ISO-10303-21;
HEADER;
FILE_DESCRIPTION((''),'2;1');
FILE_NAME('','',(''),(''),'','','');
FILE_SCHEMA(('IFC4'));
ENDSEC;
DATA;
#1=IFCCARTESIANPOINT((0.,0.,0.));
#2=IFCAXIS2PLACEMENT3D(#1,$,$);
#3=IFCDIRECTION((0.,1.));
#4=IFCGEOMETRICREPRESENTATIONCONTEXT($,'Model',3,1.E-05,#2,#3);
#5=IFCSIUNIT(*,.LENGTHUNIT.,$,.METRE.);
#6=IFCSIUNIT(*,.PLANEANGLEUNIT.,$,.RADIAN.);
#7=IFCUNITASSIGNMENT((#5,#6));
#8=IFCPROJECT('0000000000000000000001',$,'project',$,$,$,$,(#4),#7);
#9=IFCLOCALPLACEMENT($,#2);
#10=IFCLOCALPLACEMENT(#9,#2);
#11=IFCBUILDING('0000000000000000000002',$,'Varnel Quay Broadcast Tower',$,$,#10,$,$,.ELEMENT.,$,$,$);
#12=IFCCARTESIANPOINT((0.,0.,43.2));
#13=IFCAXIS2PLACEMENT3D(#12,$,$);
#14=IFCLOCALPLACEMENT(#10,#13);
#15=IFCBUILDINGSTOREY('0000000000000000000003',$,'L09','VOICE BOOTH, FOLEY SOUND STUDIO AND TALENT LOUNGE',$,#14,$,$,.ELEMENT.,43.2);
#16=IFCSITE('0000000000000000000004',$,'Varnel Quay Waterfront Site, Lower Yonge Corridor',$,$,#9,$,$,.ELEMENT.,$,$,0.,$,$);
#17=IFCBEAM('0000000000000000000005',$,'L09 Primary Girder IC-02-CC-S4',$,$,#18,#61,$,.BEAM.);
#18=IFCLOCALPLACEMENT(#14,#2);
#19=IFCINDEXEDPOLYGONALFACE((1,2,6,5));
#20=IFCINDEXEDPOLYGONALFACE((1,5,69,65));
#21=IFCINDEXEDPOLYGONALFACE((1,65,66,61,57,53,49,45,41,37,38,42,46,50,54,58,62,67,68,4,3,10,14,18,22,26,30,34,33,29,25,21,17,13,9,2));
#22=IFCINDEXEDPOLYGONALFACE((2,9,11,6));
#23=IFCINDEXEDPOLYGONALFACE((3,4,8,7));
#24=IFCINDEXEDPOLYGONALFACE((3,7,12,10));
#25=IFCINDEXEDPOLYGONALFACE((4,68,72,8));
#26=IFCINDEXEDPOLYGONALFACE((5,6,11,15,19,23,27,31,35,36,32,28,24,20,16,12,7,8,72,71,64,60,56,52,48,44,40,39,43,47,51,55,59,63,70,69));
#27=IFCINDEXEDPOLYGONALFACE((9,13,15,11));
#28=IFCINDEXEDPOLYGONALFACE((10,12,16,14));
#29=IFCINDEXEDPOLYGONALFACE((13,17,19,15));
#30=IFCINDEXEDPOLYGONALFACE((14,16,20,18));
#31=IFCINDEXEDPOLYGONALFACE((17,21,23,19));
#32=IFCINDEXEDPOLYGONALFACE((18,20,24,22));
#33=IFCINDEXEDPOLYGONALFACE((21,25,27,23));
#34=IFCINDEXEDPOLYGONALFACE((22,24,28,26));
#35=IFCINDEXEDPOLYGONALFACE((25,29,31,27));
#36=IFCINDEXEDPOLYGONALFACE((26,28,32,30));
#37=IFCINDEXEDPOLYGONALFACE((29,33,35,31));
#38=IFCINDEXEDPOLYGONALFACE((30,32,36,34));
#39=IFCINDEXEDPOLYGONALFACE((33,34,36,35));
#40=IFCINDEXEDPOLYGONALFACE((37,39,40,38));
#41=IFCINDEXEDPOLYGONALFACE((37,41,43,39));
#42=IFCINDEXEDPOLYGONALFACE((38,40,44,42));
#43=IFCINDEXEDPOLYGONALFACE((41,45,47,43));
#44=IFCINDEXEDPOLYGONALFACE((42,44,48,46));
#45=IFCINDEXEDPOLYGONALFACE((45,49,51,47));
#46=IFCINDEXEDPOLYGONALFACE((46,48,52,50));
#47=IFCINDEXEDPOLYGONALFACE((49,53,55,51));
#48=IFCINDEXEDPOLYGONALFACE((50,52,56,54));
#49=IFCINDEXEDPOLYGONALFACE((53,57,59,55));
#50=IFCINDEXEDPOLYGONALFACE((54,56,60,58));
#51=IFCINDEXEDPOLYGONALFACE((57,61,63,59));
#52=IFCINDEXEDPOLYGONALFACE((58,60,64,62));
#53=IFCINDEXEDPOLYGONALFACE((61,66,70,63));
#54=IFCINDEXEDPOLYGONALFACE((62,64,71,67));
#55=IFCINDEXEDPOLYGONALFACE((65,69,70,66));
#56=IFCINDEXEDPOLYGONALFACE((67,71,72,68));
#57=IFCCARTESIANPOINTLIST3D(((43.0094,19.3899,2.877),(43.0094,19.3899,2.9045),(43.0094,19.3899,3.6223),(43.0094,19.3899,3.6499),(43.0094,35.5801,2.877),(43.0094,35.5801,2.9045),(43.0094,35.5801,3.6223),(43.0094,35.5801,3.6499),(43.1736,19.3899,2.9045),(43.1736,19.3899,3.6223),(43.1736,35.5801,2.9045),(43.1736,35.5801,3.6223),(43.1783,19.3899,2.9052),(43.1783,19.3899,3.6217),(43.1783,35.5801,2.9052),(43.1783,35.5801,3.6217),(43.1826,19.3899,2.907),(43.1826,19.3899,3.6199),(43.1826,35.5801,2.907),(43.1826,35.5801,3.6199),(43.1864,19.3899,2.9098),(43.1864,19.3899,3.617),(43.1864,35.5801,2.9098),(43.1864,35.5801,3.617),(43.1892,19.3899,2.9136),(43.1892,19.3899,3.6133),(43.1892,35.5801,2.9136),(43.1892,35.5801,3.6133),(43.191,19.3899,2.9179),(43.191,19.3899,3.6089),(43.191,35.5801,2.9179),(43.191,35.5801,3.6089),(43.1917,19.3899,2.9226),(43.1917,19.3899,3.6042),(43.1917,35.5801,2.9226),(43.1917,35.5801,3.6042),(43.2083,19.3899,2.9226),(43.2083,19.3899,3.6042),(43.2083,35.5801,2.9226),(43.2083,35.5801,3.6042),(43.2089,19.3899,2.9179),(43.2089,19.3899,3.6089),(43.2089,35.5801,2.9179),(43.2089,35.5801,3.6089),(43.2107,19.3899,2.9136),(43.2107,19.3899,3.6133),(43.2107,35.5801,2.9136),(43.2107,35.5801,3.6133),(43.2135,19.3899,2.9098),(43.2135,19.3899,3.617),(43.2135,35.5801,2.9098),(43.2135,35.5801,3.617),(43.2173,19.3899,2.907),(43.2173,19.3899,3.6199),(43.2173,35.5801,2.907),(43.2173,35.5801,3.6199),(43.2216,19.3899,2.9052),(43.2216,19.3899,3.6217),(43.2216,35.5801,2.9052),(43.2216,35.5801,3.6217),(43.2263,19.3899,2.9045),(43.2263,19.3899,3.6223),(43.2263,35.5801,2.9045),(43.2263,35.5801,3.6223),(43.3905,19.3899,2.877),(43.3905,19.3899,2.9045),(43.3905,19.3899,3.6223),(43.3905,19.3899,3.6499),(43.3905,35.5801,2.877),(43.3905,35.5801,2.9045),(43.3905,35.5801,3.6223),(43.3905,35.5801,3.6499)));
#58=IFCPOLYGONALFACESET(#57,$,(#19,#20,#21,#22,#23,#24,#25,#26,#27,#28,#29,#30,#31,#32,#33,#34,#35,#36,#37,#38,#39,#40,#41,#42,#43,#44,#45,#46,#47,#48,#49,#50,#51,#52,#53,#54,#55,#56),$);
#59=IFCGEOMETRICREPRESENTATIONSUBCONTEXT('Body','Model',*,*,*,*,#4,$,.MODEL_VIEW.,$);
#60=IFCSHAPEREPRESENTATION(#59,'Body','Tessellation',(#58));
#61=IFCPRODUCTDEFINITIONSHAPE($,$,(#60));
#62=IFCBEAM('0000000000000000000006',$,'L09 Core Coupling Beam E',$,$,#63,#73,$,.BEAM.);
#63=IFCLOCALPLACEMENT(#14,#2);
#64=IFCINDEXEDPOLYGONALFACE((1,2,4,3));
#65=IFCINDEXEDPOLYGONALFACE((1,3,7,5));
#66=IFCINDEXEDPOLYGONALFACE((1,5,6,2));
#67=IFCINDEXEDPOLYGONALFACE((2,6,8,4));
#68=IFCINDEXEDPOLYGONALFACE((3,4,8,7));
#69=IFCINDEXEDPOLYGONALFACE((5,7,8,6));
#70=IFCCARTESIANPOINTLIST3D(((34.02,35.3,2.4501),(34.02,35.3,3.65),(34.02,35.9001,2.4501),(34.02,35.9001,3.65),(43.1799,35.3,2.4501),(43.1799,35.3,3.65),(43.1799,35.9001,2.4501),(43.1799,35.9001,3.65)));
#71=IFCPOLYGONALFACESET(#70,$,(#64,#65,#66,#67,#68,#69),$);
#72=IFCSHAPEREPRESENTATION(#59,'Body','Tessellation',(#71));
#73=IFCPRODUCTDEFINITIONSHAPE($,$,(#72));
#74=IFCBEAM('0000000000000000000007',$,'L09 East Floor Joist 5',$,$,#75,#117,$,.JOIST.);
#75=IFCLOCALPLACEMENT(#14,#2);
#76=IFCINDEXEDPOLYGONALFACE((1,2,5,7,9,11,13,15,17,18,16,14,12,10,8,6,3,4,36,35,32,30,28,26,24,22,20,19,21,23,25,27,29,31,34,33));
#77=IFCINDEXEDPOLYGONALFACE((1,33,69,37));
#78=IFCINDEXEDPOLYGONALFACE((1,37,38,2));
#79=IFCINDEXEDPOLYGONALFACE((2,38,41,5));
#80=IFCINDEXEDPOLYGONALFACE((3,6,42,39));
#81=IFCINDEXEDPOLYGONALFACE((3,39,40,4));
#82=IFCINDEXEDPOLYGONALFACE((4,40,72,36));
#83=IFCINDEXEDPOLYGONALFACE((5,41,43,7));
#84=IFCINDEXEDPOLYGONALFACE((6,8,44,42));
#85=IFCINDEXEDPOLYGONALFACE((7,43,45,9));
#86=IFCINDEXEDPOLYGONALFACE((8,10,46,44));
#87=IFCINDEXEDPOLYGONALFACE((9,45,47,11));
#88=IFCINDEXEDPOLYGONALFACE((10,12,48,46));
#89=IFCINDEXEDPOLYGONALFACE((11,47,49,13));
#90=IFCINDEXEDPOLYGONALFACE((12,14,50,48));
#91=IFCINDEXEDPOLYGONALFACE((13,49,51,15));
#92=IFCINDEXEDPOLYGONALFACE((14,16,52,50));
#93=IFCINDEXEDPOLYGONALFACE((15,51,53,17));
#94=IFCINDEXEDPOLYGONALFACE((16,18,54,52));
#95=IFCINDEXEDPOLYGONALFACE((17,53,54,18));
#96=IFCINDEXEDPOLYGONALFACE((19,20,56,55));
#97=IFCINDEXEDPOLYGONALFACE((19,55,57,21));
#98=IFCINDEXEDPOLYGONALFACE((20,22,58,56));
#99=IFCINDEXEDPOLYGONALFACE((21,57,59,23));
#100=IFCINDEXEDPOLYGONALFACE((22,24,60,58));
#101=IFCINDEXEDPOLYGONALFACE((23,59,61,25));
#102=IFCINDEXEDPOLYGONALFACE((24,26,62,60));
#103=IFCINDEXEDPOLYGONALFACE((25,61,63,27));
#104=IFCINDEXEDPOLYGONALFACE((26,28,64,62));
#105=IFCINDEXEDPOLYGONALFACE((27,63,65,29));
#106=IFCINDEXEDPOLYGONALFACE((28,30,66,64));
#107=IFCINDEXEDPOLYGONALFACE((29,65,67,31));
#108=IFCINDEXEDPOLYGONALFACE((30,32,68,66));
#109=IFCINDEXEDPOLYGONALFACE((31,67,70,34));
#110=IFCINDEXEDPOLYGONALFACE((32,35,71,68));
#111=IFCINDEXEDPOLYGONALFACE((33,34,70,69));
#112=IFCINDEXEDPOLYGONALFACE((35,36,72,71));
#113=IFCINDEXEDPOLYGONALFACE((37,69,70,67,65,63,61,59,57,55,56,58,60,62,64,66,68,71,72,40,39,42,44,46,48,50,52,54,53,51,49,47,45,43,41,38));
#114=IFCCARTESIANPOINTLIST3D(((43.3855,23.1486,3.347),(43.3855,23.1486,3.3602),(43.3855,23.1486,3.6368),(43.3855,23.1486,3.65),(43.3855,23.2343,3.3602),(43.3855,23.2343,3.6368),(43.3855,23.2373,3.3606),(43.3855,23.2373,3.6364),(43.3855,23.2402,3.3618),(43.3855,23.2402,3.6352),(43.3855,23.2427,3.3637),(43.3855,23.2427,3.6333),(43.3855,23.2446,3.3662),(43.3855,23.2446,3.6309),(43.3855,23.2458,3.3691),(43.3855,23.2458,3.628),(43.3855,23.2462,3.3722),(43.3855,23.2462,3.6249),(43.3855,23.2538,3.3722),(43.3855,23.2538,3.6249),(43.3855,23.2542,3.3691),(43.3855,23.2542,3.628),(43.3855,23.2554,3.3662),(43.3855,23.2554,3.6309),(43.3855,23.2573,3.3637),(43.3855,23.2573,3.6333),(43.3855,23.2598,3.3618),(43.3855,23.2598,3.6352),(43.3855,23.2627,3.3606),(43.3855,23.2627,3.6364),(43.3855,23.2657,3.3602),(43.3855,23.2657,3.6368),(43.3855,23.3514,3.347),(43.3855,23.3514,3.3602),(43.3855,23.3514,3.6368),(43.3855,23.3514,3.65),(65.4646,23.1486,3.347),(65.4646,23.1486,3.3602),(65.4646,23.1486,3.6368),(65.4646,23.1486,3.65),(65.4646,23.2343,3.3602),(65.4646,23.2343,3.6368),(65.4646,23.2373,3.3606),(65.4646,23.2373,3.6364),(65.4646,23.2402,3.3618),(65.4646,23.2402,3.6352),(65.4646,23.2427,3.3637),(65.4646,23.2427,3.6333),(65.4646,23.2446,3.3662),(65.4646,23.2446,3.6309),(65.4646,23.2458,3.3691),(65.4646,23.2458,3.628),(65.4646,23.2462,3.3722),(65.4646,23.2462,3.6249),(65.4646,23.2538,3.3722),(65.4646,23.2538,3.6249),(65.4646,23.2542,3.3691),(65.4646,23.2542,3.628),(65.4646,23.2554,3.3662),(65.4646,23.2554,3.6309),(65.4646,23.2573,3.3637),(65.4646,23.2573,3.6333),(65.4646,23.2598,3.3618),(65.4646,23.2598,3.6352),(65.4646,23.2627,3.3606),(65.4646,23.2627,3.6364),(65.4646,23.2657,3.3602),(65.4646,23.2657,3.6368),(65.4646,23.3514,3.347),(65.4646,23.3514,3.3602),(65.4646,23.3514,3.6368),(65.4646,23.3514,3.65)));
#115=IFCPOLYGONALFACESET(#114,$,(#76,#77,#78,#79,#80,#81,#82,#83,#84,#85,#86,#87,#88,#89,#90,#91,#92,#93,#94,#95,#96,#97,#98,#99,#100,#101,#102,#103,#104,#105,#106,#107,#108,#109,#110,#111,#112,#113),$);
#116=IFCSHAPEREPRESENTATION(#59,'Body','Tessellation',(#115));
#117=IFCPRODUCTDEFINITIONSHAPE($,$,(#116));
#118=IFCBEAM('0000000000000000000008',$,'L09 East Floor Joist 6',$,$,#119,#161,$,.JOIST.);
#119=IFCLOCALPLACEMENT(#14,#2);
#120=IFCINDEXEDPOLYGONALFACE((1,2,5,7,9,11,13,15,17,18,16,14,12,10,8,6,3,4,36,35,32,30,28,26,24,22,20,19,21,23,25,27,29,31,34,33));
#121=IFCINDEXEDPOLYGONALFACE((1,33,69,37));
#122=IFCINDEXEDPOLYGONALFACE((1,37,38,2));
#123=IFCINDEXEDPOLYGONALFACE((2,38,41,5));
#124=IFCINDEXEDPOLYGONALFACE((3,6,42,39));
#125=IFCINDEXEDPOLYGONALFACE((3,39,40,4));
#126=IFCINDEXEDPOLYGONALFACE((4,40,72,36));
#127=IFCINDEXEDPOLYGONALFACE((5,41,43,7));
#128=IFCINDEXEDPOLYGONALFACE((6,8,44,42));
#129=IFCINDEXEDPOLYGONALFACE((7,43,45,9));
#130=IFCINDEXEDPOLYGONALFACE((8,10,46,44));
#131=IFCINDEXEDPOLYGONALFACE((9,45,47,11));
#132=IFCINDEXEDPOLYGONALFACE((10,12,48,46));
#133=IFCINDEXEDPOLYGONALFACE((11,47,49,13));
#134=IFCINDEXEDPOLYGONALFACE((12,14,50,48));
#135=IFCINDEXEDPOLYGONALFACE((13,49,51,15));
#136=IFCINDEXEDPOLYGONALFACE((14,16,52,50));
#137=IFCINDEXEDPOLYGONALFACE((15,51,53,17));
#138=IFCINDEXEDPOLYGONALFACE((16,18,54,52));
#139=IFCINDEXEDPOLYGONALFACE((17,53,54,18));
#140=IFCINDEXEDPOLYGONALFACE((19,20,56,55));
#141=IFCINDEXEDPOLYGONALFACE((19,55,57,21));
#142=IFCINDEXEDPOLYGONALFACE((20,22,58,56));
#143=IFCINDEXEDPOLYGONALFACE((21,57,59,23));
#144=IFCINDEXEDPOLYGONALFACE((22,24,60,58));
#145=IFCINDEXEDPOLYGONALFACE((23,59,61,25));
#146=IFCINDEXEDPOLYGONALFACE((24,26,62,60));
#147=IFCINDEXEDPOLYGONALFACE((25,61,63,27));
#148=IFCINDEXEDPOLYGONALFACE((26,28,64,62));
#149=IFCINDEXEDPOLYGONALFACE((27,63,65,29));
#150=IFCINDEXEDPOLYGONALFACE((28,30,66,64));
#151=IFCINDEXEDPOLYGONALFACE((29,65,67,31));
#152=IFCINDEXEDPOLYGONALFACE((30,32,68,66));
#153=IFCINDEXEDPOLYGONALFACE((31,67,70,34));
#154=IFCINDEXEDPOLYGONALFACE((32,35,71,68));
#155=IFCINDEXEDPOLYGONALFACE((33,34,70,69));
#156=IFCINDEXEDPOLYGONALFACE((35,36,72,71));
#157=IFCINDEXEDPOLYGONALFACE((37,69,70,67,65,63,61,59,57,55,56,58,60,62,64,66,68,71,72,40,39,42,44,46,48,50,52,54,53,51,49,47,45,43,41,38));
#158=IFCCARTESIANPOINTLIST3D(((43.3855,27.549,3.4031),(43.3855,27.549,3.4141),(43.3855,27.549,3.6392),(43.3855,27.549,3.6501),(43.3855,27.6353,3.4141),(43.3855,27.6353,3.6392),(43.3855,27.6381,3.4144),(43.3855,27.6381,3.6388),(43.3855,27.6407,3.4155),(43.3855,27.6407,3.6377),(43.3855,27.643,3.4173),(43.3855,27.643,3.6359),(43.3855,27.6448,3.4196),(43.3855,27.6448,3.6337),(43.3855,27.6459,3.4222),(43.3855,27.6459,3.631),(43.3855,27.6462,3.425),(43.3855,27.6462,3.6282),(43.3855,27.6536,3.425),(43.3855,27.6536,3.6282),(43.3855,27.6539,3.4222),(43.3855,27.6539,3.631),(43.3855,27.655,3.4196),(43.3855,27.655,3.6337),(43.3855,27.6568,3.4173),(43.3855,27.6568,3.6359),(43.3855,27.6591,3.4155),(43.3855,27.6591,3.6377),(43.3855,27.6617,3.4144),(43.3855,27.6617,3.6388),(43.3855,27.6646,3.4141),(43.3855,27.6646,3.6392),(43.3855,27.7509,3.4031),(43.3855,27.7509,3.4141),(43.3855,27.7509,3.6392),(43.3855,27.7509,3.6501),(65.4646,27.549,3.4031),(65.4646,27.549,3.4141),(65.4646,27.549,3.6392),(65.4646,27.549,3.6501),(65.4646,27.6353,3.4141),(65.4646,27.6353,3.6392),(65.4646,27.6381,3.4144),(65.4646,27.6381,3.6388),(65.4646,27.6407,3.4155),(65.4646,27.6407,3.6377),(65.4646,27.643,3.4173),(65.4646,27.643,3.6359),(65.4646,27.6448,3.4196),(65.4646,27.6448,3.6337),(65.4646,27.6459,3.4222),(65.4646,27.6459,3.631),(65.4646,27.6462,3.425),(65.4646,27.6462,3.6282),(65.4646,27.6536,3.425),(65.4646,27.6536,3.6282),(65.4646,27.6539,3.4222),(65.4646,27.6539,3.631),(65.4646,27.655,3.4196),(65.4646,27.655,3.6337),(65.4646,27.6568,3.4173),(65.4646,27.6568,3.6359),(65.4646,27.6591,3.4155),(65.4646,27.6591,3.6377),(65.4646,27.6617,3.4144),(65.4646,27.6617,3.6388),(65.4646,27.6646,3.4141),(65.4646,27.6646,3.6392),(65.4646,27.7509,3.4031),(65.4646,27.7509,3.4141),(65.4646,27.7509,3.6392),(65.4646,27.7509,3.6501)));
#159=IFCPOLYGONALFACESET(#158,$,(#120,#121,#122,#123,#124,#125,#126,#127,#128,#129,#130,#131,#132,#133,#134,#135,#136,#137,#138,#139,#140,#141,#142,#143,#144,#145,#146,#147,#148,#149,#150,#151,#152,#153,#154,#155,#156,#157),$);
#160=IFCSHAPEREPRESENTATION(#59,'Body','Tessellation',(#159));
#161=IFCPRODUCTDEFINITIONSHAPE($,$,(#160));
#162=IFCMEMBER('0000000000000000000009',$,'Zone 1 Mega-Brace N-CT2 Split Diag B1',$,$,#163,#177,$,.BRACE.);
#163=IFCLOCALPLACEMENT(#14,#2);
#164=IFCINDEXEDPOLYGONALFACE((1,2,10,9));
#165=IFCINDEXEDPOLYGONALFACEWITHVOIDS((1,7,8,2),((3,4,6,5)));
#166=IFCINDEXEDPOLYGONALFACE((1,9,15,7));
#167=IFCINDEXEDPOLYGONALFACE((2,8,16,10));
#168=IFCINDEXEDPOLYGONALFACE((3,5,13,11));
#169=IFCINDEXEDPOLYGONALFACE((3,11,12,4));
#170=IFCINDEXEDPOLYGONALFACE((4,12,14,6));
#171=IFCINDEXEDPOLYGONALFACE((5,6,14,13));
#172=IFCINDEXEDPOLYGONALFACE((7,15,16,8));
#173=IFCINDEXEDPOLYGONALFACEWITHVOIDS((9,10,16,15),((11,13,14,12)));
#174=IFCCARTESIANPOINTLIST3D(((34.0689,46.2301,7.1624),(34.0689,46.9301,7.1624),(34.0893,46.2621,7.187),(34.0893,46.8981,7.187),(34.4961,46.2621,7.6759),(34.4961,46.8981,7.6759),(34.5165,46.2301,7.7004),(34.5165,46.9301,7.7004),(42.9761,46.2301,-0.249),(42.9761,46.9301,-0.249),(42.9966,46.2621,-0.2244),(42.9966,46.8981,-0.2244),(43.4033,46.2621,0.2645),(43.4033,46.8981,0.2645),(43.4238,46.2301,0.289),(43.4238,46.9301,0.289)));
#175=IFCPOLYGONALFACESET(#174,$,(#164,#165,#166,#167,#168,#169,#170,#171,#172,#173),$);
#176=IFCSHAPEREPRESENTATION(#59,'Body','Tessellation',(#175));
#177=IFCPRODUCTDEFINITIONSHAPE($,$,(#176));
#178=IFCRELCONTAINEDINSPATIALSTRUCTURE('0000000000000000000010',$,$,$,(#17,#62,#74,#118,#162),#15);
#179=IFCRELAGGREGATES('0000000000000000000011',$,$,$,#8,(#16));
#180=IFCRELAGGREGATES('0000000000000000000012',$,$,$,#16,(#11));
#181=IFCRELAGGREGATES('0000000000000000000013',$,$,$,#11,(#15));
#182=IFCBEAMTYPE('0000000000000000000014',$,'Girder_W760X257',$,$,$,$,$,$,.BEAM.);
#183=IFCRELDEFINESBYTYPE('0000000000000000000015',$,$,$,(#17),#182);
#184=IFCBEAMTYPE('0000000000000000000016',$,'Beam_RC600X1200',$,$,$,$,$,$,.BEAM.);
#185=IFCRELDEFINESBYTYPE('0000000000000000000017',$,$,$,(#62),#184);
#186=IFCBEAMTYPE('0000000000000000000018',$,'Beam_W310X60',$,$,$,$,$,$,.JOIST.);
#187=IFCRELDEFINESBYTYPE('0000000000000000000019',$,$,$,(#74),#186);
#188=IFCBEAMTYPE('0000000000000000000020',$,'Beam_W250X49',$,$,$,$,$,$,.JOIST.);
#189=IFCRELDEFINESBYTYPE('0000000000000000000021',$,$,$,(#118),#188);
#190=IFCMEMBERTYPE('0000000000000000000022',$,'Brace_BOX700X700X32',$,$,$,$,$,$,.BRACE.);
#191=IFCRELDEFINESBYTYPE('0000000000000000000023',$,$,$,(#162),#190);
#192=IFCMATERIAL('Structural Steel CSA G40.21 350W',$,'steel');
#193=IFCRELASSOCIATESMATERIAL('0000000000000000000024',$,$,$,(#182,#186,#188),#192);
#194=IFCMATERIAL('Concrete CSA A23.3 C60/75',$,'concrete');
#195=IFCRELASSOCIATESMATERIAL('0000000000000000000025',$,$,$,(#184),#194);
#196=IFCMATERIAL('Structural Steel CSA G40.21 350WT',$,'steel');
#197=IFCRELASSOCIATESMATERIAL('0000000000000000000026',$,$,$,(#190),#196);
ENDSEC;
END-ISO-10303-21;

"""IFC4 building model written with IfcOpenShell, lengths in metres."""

from ifc_helpers import new_model, si_unit, direction, frame, origin, origin_2d, place, context, subcontext, project, spatial, rectangle, hollow_rectangle, i_section, extrude, source, transform, mapped, material, material_profile, profile_set, type_object, type_shapes, element, save


model = new_model("IFC4")

# Units and contexts
model_context = context("Model", 3, precision=1e-05, world=origin(), true_north=direction((0.0, 1.0)))
body_context = subcontext(model_context, "Body", "Model", "MODEL_VIEW")
ifc_project = project(units=[si_unit("LENGTHUNIT", "METRE"), si_unit("PLANEANGLEUNIT", "RADIAN")], contexts=[model_context])

# Site, building, storey
site_placement = place(None, origin())
site = spatial("IfcSite", under=ifc_project, at=site_placement, Name="Varnel Quay Waterfront Site, Lower Yonge Corridor", CompositionType="ELEMENT", RefElevation=0.0)
building_placement = place(site_placement, origin())
building = spatial("IfcBuilding", under=site, at=building_placement, Name="Varnel Quay Broadcast Tower", CompositionType="ELEMENT")
storey_placement = place(building_placement, frame((0.0, 0.0, 43.2)))
storey = spatial("IfcBuildingStorey", under=building, at=storey_placement, Name="L09", Description="VOICE BOOTH, FOLEY SOUND STUDIO AND TALENT LOUNGE", CompositionType="ELEMENT", Elevation=43.2)

# Shared definitions
ifc_material_1 = material(Name="Structural Steel CSA G40.21 350WT", Category="steel")
ifc_material_2 = material(Name="Concrete CSA A23.3 C60/75", Category="concrete")

# Beams
ifc_material_3 = material(Name="Structural Steel CSA G40.21 350W", Category="steel")
ifc_material_profile_1 = material_profile(ifc_material_3, i_section(OverallWidth=0.3811, OverallDepth=0.7729, WebThickness=0.0166, FlangeThickness=0.0276, FilletRadius=0.0181, at=origin_2d()), Name="W760X257")
ifc_profile_set_1 = profile_set([ifc_material_profile_1], Name="Structural Steel CSA G40.21 350W")
beam_type_1 = type_object("IfcBeamType", Name="Girder_W760X257", PredefinedType="BEAM", material=ifc_profile_set_1)
shared_shape_1 = source(origin(), body_context, "Body", "SweptSolid", [
    extrude(i_section(OverallWidth=0.3811, OverallDepth=0.7729, WebThickness=0.0166, FlangeThickness=0.0276, FilletRadius=0.0181, at=origin_2d()), origin(), (0.0, 0.0, 1.0), 16.1902),
])
type_shapes(beam_type_1, [shared_shape_1])
beam_1_placement = place(storey_placement, frame((43.2, 19.3899, 3.2634), z_axis=(0.0, 1.0, 0.0), x_axis=(-1.0, 0.0, 0.0)))
element("IfcBeam", 1, at=beam_1_placement, inside=storey, type_object=beam_type_1, Name="L09 Primary Girder IC-02-CC-S4", PredefinedType="BEAM", context=body_context, shape_type="MappedRepresentation", body=[
    mapped(shared_shape_1, transform((0.0, 0.0, 0.0), x_axis=(1.0, 0.0, 0.0), y_axis=(0.0, 1.0, 0.0), z_axis=(0.0, 0.0, 1.0), scale=1.0)),
])
ifc_material_profile_2 = material_profile(ifc_material_2, rectangle(XDim=0.6001, YDim=1.2, at=origin_2d()), Name="RC600X1200")
ifc_profile_set_2 = profile_set([ifc_material_profile_2], Name="Concrete CSA A23.3 C60/75")
beam_type_2 = type_object("IfcBeamType", Name="Beam_RC600X1200", PredefinedType="BEAM", material=ifc_profile_set_2)
shared_shape_2 = source(origin(), body_context, "Body", "SweptSolid", [
    extrude(rectangle(XDim=0.6001, YDim=1.2, at=origin_2d()), origin(), (0.0, 0.0, 1.0), 9.1599),
])
type_shapes(beam_type_2, [shared_shape_2])
beam_2_placement = place(storey_placement, frame((34.02, 35.6001, 3.05), z_axis=(1.0, 0.0, 0.0), x_axis=(0.0, 1.0, 0.0)))
element("IfcBeam", 2, at=beam_2_placement, inside=storey, type_object=beam_type_2, Name="L09 Core Coupling Beam E", PredefinedType="BEAM", context=body_context, shape_type="MappedRepresentation", body=[
    mapped(shared_shape_2, transform((0.0, 0.0, 0.0), x_axis=(1.0, 0.0, 0.0), y_axis=(0.0, 1.0, 0.0), z_axis=(0.0, 0.0, 1.0), scale=1.0)),
])
ifc_material_profile_3 = material_profile(ifc_material_3, i_section(OverallWidth=0.2029, OverallDepth=0.303, WebThickness=0.0076, FlangeThickness=0.0132, FilletRadius=0.012, at=origin_2d()), Name="W310X60")
ifc_profile_set_3 = profile_set([ifc_material_profile_3], Name="Structural Steel CSA G40.21 350W")
beam_type_3 = type_object("IfcBeamType", Name="Beam_W310X60", PredefinedType="JOIST", material=ifc_profile_set_3)
shared_shape_3 = source(origin(), body_context, "Body", "SweptSolid", [
    extrude(i_section(OverallWidth=0.2029, OverallDepth=0.303, WebThickness=0.0076, FlangeThickness=0.0132, FilletRadius=0.012, at=origin_2d()), origin(), (0.0, 0.0, 1.0), 22.0791),
])
type_shapes(beam_type_3, [shared_shape_3])
beam_3_placement = place(storey_placement, frame((43.3855, 23.25, 3.4985), z_axis=(1.0, 0.0, 0.0), x_axis=(0.0, 1.0, 0.0)))
element("IfcBeam", 3, at=beam_3_placement, inside=storey, type_object=beam_type_3, Name="L09 East Floor Joist 5", PredefinedType="JOIST", context=body_context, shape_type="MappedRepresentation", body=[
    mapped(shared_shape_3, transform((0.0, 0.0, 0.0), x_axis=(1.0, 0.0, 0.0), y_axis=(0.0, 1.0, 0.0), z_axis=(0.0, 0.0, 1.0), scale=1.0)),
])
ifc_material_profile_4 = material_profile(ifc_material_3, i_section(OverallWidth=0.2019, OverallDepth=0.2471, WebThickness=0.0073, FlangeThickness=0.011, FilletRadius=0.011, at=origin_2d()), Name="W250X49")
ifc_profile_set_4 = profile_set([ifc_material_profile_4], Name="Structural Steel CSA G40.21 350W")
beam_type_4 = type_object("IfcBeamType", Name="Beam_W250X49", PredefinedType="JOIST", material=ifc_profile_set_4)
shared_shape_4 = source(origin(), body_context, "Body", "SweptSolid", [
    extrude(i_section(OverallWidth=0.2019, OverallDepth=0.2471, WebThickness=0.0073, FlangeThickness=0.011, FilletRadius=0.011, at=origin_2d()), origin(), (0.0, 0.0, 1.0), 22.0791),
])
type_shapes(beam_type_4, [shared_shape_4])
beam_4_placement = place(storey_placement, frame((43.3855, 27.6499, 3.5266), z_axis=(1.0, 0.0, 0.0), x_axis=(0.0, 1.0, 0.0)))
element("IfcBeam", 4, at=beam_4_placement, inside=storey, type_object=beam_type_4, Name="L09 East Floor Joist 6", PredefinedType="JOIST", context=body_context, shape_type="MappedRepresentation", body=[
    mapped(shared_shape_4, transform((0.0, 0.0, 0.0), x_axis=(1.0, 0.0, 0.0), y_axis=(0.0, 1.0, 0.0), z_axis=(0.0, 0.0, 1.0), scale=1.0)),
])

# Member
ifc_material_profile_5 = material_profile(ifc_material_1, hollow_rectangle(XDim=0.7, YDim=0.7, WallThickness=0.032, at=origin_2d()), Name="BOX700X700X32")
ifc_profile_set_5 = profile_set([ifc_material_profile_5], Name="Structural Steel CSA G40.21 350WT")
member_type = type_object("IfcMemberType", Name="Brace_BOX700X700X32", PredefinedType="BRACE", material=ifc_profile_set_5)
shared_shape_5 = source(origin(), body_context, "Body", "SweptSolid", [
    extrude(hollow_rectangle(XDim=0.7, YDim=0.7, WallThickness=0.032, at=origin_2d()), origin(), (0.0, 0.0, 1.0), 11.5874),
])
type_shapes(member_type, [shared_shape_5])
member_placement = place(storey_placement, frame((43.2, 46.5801, 0.02), z_axis=(-0.768701, 0.0, 0.639608), x_axis=(0.0, -1.0, 0.0)))
element("IfcMember", 5, at=member_placement, inside=storey, type_object=member_type, Name="Zone 1 Mega-Brace N-CT2 Split Diag B1", PredefinedType="BRACE", context=body_context, shape_type="MappedRepresentation", body=[
    mapped(shared_shape_5, transform((0.0, 0.0, 0.0), x_axis=(1.0, 0.0, 0.0), y_axis=(0.0, 1.0, 0.0), z_axis=(0.0, 0.0, 1.0), scale=1.0)),
])

save(model, "model.ifc")
